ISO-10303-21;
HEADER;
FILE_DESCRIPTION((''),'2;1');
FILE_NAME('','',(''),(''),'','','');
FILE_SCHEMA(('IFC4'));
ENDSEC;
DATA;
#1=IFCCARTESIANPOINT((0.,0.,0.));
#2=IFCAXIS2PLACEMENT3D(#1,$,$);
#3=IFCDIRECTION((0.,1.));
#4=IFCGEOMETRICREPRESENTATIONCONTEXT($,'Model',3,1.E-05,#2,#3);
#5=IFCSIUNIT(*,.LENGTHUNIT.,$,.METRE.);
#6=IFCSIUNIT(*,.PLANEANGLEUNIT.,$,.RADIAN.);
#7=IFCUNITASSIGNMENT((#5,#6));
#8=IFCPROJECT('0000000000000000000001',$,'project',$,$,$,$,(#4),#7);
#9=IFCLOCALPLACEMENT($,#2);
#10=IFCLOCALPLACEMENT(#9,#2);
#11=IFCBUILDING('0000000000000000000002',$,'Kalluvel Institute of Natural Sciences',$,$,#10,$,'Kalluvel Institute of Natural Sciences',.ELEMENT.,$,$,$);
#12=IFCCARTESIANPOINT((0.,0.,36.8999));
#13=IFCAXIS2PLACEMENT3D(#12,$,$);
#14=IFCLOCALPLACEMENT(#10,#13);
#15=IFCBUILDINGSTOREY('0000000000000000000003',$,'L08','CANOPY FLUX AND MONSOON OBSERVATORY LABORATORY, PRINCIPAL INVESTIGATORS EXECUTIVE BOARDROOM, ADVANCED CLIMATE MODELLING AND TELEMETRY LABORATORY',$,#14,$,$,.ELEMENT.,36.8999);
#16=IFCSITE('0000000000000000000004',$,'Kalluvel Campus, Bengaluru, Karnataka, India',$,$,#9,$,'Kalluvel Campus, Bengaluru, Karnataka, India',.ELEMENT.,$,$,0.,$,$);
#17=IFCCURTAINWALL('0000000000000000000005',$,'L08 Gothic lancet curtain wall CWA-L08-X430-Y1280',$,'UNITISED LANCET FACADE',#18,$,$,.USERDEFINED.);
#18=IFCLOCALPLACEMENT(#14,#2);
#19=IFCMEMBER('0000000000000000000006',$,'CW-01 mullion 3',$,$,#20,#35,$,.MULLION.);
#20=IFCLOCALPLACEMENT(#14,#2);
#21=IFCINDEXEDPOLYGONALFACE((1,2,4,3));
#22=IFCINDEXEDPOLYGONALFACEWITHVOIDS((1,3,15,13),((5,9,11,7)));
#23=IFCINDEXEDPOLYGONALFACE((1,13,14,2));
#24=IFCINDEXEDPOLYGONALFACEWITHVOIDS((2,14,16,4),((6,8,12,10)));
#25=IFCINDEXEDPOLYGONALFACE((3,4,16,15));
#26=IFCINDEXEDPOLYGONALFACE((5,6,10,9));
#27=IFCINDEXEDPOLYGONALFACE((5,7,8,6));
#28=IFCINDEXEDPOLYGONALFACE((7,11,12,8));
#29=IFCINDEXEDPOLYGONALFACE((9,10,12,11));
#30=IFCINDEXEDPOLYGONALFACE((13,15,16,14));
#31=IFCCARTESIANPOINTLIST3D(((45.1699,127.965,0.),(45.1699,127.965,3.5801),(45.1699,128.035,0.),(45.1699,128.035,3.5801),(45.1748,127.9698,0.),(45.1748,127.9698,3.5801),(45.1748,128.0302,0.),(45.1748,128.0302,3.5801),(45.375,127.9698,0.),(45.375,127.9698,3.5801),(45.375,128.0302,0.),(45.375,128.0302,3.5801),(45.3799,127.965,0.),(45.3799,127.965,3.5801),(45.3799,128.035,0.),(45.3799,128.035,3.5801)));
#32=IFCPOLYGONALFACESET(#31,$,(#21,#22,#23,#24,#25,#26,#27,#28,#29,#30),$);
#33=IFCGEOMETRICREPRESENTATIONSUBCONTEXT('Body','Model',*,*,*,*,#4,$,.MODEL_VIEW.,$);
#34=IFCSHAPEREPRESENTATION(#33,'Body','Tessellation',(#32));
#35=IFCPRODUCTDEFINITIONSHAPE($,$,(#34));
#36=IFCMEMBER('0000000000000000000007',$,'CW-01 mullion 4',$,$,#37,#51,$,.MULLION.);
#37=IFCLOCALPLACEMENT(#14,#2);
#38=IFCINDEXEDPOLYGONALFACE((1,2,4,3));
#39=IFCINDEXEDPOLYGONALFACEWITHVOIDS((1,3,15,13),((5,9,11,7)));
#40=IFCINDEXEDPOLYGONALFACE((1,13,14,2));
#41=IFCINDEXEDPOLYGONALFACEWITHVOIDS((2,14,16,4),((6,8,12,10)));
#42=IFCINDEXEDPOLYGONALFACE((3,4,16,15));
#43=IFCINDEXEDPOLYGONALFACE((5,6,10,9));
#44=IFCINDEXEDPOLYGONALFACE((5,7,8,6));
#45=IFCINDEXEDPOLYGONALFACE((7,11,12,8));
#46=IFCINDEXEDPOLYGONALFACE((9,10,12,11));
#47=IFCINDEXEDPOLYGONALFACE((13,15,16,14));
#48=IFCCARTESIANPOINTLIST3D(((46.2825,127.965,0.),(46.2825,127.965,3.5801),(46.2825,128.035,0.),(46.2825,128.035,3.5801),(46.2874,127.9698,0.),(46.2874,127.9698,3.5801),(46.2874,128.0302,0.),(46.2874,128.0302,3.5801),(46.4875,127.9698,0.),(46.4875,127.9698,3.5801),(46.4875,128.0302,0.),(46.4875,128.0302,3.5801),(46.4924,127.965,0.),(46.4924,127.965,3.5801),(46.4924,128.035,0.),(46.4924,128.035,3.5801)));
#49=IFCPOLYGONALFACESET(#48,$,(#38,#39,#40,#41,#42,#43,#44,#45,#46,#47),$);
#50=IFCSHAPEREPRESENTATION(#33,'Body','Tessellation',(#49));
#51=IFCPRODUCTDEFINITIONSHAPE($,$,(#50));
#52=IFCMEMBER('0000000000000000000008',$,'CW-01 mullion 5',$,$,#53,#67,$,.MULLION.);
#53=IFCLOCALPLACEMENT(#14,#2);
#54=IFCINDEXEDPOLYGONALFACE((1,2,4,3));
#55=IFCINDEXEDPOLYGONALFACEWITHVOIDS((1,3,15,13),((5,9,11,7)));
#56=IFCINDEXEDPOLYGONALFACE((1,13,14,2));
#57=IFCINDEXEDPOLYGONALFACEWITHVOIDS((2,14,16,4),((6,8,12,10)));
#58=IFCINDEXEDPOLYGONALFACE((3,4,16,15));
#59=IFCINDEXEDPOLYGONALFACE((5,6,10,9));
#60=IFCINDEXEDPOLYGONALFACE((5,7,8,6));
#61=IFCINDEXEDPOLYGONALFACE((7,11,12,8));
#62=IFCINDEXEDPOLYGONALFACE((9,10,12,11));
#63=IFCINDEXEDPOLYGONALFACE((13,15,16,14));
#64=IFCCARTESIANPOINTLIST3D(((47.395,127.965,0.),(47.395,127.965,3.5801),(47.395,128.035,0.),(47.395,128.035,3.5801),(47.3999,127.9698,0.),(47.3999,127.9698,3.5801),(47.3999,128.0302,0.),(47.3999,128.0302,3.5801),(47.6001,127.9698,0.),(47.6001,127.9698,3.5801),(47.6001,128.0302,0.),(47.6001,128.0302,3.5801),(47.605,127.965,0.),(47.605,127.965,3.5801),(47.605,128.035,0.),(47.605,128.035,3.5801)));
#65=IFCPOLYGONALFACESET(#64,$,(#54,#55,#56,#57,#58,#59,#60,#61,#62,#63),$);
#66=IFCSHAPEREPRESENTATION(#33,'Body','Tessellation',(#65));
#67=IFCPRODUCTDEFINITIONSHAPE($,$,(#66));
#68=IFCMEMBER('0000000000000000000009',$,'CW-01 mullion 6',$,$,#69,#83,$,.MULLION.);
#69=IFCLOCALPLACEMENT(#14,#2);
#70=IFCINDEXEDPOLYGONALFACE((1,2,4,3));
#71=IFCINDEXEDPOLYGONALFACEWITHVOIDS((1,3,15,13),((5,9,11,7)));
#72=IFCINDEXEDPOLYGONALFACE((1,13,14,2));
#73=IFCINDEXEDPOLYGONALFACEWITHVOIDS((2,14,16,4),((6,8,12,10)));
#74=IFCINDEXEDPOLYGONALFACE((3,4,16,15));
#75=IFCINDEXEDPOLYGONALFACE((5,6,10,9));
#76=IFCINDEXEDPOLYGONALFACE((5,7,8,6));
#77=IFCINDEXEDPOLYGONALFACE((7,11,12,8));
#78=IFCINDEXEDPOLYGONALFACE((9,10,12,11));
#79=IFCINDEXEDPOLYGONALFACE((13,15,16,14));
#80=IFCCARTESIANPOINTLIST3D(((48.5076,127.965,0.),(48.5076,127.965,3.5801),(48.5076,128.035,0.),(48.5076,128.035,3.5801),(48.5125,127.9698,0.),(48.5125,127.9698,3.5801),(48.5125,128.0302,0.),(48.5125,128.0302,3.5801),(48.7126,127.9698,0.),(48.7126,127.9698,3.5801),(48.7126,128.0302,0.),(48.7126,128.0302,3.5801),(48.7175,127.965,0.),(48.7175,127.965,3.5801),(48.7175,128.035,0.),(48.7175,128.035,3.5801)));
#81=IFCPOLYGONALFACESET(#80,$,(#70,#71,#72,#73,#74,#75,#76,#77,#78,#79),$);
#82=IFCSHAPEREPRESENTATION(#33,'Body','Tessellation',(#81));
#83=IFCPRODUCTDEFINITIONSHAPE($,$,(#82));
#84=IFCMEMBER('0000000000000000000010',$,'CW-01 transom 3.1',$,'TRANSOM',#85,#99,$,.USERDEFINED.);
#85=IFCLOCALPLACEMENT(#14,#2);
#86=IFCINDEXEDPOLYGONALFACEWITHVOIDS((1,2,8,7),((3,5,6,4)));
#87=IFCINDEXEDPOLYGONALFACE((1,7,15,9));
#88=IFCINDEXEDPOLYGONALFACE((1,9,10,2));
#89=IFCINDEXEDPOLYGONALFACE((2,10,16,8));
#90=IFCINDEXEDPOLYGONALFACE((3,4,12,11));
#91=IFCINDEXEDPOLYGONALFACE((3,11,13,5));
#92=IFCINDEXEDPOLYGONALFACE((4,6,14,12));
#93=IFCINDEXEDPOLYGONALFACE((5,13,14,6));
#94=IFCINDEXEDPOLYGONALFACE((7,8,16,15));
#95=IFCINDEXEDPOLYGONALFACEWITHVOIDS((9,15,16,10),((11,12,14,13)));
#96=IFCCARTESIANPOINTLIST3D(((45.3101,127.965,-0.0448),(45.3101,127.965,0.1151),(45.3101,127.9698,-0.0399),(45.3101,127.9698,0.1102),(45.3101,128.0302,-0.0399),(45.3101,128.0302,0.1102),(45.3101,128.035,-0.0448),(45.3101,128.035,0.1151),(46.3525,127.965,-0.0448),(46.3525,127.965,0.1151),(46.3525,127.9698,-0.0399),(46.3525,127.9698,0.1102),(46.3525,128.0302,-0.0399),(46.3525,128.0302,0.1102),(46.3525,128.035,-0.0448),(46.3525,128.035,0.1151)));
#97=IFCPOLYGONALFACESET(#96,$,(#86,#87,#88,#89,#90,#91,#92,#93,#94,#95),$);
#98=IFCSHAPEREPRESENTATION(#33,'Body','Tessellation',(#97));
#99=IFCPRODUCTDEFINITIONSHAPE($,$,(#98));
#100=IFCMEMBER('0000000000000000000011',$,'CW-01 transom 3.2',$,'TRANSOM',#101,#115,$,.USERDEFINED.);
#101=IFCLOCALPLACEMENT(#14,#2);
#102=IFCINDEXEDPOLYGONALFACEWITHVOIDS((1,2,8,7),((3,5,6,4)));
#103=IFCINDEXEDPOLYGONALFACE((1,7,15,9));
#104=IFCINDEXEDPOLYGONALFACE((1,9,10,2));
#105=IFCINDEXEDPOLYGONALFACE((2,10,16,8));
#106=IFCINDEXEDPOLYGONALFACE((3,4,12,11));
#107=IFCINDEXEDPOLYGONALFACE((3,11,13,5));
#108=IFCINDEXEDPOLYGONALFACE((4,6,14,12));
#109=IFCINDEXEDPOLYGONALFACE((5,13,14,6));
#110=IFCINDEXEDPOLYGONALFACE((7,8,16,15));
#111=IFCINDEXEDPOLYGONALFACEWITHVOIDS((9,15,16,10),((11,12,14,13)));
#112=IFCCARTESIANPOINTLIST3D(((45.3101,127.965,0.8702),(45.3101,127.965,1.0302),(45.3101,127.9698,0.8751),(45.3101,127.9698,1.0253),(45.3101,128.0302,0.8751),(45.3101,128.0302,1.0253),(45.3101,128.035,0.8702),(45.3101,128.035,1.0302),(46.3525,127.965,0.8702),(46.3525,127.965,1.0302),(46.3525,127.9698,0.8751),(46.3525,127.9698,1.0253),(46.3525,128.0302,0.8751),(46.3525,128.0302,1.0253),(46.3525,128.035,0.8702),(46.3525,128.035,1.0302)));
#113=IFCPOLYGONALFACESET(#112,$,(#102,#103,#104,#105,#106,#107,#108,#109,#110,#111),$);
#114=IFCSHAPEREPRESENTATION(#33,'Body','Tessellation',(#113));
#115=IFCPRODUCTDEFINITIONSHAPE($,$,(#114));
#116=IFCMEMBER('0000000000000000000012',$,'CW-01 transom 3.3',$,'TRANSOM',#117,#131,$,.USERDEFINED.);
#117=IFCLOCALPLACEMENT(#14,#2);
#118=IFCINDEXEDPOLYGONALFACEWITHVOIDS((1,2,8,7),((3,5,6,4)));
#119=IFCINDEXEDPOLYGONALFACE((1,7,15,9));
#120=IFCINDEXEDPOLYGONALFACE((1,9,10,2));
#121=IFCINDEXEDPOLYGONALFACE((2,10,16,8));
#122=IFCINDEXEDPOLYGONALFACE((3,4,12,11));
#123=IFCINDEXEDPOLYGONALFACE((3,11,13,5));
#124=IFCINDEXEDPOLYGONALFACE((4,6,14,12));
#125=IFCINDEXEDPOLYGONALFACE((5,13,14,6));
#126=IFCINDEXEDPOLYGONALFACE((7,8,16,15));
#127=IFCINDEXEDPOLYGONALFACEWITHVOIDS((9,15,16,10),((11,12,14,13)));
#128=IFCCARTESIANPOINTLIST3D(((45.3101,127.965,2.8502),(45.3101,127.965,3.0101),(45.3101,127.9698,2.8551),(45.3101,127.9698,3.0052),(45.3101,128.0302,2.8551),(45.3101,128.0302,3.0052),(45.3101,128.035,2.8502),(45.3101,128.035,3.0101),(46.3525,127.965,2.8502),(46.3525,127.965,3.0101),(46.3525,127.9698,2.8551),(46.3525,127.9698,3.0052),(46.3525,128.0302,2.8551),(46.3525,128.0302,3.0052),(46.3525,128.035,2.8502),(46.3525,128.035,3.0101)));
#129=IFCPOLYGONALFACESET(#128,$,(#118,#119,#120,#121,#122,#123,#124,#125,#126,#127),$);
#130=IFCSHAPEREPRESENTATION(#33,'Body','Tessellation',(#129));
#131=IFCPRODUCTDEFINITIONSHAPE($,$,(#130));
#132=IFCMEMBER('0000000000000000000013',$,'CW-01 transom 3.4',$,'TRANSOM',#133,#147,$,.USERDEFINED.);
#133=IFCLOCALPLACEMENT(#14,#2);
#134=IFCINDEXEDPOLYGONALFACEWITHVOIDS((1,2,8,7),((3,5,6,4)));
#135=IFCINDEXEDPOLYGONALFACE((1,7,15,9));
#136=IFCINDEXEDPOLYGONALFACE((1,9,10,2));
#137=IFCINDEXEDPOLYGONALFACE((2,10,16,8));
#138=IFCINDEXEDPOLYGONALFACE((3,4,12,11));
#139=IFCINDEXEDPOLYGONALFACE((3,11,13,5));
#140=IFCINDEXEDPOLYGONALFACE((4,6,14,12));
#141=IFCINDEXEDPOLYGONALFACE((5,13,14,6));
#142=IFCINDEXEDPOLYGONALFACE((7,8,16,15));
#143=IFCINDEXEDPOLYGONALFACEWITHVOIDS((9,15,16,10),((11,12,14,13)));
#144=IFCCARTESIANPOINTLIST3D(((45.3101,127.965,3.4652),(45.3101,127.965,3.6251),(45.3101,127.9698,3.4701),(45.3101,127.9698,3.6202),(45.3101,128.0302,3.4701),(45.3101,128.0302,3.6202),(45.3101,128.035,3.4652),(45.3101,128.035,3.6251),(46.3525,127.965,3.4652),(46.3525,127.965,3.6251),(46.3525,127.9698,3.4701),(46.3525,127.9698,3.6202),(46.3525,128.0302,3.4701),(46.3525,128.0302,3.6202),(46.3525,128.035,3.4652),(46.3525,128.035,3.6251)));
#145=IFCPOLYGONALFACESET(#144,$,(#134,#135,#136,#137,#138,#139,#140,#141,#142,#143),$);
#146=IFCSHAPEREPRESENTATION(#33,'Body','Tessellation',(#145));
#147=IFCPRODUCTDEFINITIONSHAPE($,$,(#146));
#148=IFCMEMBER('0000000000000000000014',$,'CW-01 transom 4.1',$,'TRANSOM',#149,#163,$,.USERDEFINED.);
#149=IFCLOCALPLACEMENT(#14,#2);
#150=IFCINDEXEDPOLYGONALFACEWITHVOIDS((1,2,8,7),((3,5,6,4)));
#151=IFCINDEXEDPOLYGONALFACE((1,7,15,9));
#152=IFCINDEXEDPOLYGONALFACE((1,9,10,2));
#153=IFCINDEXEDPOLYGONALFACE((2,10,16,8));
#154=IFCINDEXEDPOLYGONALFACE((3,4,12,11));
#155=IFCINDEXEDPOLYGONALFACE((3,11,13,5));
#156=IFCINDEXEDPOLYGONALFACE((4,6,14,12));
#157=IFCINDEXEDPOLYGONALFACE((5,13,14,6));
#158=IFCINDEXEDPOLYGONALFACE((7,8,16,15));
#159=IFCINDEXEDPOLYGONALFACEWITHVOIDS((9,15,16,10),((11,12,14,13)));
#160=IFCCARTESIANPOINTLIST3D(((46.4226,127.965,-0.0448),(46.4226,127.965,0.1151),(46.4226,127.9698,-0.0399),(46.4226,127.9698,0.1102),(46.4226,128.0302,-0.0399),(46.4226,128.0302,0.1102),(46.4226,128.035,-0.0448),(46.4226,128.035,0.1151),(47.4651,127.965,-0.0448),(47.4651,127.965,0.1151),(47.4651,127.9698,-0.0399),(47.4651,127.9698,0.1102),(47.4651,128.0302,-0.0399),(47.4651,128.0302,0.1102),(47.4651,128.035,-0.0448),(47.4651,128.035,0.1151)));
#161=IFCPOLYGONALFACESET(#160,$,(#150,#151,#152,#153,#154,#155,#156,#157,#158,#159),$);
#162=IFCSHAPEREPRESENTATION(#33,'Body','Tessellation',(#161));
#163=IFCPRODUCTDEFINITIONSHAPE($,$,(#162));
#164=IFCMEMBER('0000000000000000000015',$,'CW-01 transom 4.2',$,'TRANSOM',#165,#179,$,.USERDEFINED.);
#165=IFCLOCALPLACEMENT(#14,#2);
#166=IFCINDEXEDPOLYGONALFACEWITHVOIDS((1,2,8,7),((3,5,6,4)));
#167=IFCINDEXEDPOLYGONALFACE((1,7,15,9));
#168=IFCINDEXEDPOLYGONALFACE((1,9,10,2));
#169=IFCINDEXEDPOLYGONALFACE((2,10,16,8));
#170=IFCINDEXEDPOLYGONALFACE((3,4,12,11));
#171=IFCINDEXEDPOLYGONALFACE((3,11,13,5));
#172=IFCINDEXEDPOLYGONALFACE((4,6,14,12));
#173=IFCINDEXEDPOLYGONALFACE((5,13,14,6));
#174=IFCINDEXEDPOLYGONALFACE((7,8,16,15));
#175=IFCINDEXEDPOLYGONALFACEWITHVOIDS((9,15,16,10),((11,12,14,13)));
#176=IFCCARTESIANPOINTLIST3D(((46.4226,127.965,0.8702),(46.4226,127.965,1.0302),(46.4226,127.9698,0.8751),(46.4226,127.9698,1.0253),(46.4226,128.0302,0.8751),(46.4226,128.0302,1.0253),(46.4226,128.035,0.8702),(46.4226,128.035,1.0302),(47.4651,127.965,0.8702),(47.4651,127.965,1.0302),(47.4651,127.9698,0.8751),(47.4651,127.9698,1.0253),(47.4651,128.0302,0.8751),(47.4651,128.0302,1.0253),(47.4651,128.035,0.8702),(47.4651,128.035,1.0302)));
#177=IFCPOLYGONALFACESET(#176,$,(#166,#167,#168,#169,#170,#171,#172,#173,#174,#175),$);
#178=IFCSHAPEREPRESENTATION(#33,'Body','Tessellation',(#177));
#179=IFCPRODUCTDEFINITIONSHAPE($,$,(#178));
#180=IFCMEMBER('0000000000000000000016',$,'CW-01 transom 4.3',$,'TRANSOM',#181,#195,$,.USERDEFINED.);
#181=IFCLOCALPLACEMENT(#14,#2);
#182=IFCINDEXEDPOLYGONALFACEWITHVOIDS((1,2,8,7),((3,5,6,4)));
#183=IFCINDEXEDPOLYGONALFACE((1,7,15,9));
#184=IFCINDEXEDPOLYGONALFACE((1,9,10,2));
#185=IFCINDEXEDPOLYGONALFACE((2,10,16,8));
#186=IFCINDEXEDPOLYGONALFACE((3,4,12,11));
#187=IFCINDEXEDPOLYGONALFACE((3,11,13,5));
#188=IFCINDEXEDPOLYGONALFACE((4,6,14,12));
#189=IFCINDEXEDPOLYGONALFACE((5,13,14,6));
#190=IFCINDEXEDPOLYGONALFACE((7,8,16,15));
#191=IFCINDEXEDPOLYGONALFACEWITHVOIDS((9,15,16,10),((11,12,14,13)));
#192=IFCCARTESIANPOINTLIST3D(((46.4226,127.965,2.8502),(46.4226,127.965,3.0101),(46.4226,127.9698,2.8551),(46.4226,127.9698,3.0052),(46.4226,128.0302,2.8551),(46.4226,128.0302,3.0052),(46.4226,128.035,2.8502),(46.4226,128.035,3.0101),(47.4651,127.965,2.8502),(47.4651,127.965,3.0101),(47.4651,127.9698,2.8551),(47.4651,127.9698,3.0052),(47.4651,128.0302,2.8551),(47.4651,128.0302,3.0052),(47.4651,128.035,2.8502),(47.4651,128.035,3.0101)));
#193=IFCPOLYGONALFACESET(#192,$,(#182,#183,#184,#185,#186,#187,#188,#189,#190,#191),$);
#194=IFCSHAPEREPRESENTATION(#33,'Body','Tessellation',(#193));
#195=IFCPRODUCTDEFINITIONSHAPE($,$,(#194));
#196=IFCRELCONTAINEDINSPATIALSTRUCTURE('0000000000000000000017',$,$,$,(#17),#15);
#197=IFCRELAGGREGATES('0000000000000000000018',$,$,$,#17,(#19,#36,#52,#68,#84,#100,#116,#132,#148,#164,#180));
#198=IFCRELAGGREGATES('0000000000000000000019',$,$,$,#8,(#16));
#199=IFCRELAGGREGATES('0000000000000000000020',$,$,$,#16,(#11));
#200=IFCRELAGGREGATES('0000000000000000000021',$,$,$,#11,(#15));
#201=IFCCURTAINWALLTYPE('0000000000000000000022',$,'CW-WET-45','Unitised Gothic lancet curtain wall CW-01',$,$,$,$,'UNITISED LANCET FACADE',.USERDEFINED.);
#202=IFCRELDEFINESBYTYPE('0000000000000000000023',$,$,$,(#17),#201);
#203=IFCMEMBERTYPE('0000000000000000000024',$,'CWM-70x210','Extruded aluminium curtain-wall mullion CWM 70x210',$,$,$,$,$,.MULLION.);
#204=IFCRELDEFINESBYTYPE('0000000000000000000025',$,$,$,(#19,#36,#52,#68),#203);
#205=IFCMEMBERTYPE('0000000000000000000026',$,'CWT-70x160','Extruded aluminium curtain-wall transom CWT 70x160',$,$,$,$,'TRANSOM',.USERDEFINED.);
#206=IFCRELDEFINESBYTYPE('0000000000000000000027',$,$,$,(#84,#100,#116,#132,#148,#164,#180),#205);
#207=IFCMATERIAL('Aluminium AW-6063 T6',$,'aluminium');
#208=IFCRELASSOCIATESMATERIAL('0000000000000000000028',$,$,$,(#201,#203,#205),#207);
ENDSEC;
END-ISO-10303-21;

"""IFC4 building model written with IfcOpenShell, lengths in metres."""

from ifc_helpers import new_model, si_unit, direction, frame, origin, origin_2d, place, context, subcontext, project, spatial, hollow_rectangle, extrude, material, material_profile, profile_set, type_object, element, aggregate, save


model = new_model("IFC4")

# Units and contexts
model_context = context("Model", 3, precision=1e-05, world=origin(), true_north=direction((0.0, 1.0)))
body_context = subcontext(model_context, "Body", "Model", "MODEL_VIEW")
ifc_project = project(units=[si_unit("LENGTHUNIT", "METRE"), si_unit("PLANEANGLEUNIT", "RADIAN")], contexts=[model_context])

# Site, building, storey
site_placement = place(None, origin())
site = spatial("IfcSite", under=ifc_project, at=site_placement, Name="Kalluvel Campus, Bengaluru, Karnataka, India", LongName="Kalluvel Campus, Bengaluru, Karnataka, India", CompositionType="ELEMENT", RefElevation=0.0)
building_placement = place(site_placement, origin())
building = spatial("IfcBuilding", under=site, at=building_placement, Name="Kalluvel Institute of Natural Sciences", LongName="Kalluvel Institute of Natural Sciences", CompositionType="ELEMENT")
storey_placement = place(building_placement, frame((0.0, 0.0, 36.8999)))
storey = spatial("IfcBuildingStorey", under=building, at=storey_placement, Name="L08", Description="CANOPY FLUX AND MONSOON OBSERVATORY LABORATORY, PRINCIPAL INVESTIGATORS EXECUTIVE BOARDROOM, ADVANCED CLIMATE MODELLING AND TELEMETRY LABORATORY", CompositionType="ELEMENT", Elevation=36.8999)

# Curtain wall, members
ifc_material_1 = material(Name="Aluminium AW-6063 T6", Category="aluminium")
curtain_wall_type = type_object("IfcCurtainWallType", Name="CW-WET-45", Description="Unitised Gothic lancet curtain wall CW-01", ElementType="UNITISED LANCET FACADE", PredefinedType="USERDEFINED", material=ifc_material_1)
curtain_wall_placement = place(storey_placement, origin())
curtain_wall = element("IfcCurtainWall", 1, at=curtain_wall_placement, inside=storey, type_object=curtain_wall_type, Name="L08 Gothic lancet curtain wall CWA-L08-X430-Y1280", ObjectType="UNITISED LANCET FACADE", PredefinedType="USERDEFINED")
ifc_material_profile_1 = material_profile(ifc_material_1, hollow_rectangle(XDim=0.0701, YDim=0.21, WallThickness=0.0049, at=origin_2d()), Name="CWM 70x210")
ifc_profile_set_1 = profile_set([ifc_material_profile_1], Name="Aluminium AW-6063 T6")
member_type_1 = type_object("IfcMemberType", Name="CWM-70x210", Description="Extruded aluminium curtain-wall mullion CWM 70x210", PredefinedType="MULLION", material=ifc_profile_set_1)
member_1_placement = place(storey_placement, frame((45.2749, 128.0, 0.0), z_axis=(0.0, 0.0, 1.0), x_axis=(0.0, 1.0, 0.0)))
member_1 = element("IfcMember", 2, at=member_1_placement, type_object=member_type_1, Name="CW-01 mullion 3", PredefinedType="MULLION", context=body_context, shape_type="SweptSolid", body=[
    extrude(hollow_rectangle(XDim=0.0701, YDim=0.21, WallThickness=0.0049, at=origin_2d()), origin(), (0.0, 0.0, 1.0), 3.5801),
])
member_2_placement = place(storey_placement, frame((46.3875, 128.0, 0.0), z_axis=(0.0, 0.0, 1.0), x_axis=(0.0, 1.0, 0.0)))
member_2 = element("IfcMember", 3, at=member_2_placement, type_object=member_type_1, Name="CW-01 mullion 4", PredefinedType="MULLION", context=body_context, shape_type="SweptSolid", body=[
    extrude(hollow_rectangle(XDim=0.0701, YDim=0.21, WallThickness=0.0049, at=origin_2d()), origin(), (0.0, 0.0, 1.0), 3.5801),
])
member_3_placement = place(storey_placement, frame((47.5, 128.0, 0.0), z_axis=(0.0, 0.0, 1.0), x_axis=(0.0, 1.0, 0.0)))
member_3 = element("IfcMember", 4, at=member_3_placement, type_object=member_type_1, Name="CW-01 mullion 5", PredefinedType="MULLION", context=body_context, shape_type="SweptSolid", body=[
    extrude(hollow_rectangle(XDim=0.0701, YDim=0.21, WallThickness=0.0049, at=origin_2d()), origin(), (0.0, 0.0, 1.0), 3.5801),
])
member_4_placement = place(storey_placement, frame((48.6125, 128.0, 0.0), z_axis=(0.0, 0.0, 1.0), x_axis=(0.0, 1.0, 0.0)))
member_4 = element("IfcMember", 5, at=member_4_placement, type_object=member_type_1, Name="CW-01 mullion 6", PredefinedType="MULLION", context=body_context, shape_type="SweptSolid", body=[
    extrude(hollow_rectangle(XDim=0.0701, YDim=0.21, WallThickness=0.0049, at=origin_2d()), origin(), (0.0, 0.0, 1.0), 3.5801),
])
ifc_material_profile_2 = material_profile(ifc_material_1, hollow_rectangle(XDim=0.0701, YDim=0.1599, WallThickness=0.0049, at=origin_2d()), Name="CWT 70x160")
ifc_profile_set_2 = profile_set([ifc_material_profile_2], Name="Aluminium AW-6063 T6")
member_type_2 = type_object("IfcMemberType", Name="CWT-70x160", Description="Extruded aluminium curtain-wall transom CWT 70x160", ElementType="TRANSOM", PredefinedType="USERDEFINED", material=ifc_profile_set_2)
member_5_placement = place(storey_placement, frame((45.3101, 128.0, 0.0352), z_axis=(1.0, 0.0, 0.0), x_axis=(0.0, 1.0, 0.0)))
member_5 = element("IfcMember", 6, at=member_5_placement, type_object=member_type_2, Name="CW-01 transom 3.1", ObjectType="TRANSOM", PredefinedType="USERDEFINED", context=body_context, shape_type="SweptSolid", body=[
    extrude(hollow_rectangle(XDim=0.0701, YDim=0.1599, WallThickness=0.0049, at=origin_2d()), origin(), (0.0, 0.0, 1.0), 1.0425),
])
member_6_placement = place(storey_placement, frame((45.3101, 128.0, 0.9502), z_axis=(1.0, 0.0, 0.0), x_axis=(0.0, 1.0, 0.0)))
member_6 = element("IfcMember", 7, at=member_6_placement, type_object=member_type_2, Name="CW-01 transom 3.2", ObjectType="TRANSOM", PredefinedType="USERDEFINED", context=body_context, shape_type="SweptSolid", body=[
    extrude(hollow_rectangle(XDim=0.0701, YDim=0.1599, WallThickness=0.0049, at=origin_2d()), origin(), (0.0, 0.0, 1.0), 1.0425),
])
member_7_placement = place(storey_placement, frame((45.3101, 128.0, 2.9302), z_axis=(1.0, 0.0, 0.0), x_axis=(0.0, 1.0, 0.0)))
member_7 = element("IfcMember", 8, at=member_7_placement, type_object=member_type_2, Name="CW-01 transom 3.3", ObjectType="TRANSOM", PredefinedType="USERDEFINED", context=body_context, shape_type="SweptSolid", body=[
    extrude(hollow_rectangle(XDim=0.0701, YDim=0.1599, WallThickness=0.0049, at=origin_2d()), origin(), (0.0, 0.0, 1.0), 1.0425),
])
member_8_placement = place(storey_placement, frame((45.3101, 128.0, 3.5452), z_axis=(1.0, 0.0, 0.0), x_axis=(0.0, 1.0, 0.0)))
member_8 = element("IfcMember", 9, at=member_8_placement, type_object=member_type_2, Name="CW-01 transom 3.4", ObjectType="TRANSOM", PredefinedType="USERDEFINED", context=body_context, shape_type="SweptSolid", body=[
    extrude(hollow_rectangle(XDim=0.0701, YDim=0.1599, WallThickness=0.0049, at=origin_2d()), origin(), (0.0, 0.0, 1.0), 1.0425),
])
member_9_placement = place(storey_placement, frame((46.4226, 128.0, 0.0352), z_axis=(1.0, 0.0, 0.0), x_axis=(0.0, 1.0, 0.0)))
member_9 = element("IfcMember", 10, at=member_9_placement, type_object=member_type_2, Name="CW-01 transom 4.1", ObjectType="TRANSOM", PredefinedType="USERDEFINED", context=body_context, shape_type="SweptSolid", body=[
    extrude(hollow_rectangle(XDim=0.0701, YDim=0.1599, WallThickness=0.0049, at=origin_2d()), origin(), (0.0, 0.0, 1.0), 1.0425),
])
member_10_placement = place(storey_placement, frame((46.4226, 128.0, 0.9502), z_axis=(1.0, 0.0, 0.0), x_axis=(0.0, 1.0, 0.0)))
member_10 = element("IfcMember", 11, at=member_10_placement, type_object=member_type_2, Name="CW-01 transom 4.2", ObjectType="TRANSOM", PredefinedType="USERDEFINED", context=body_context, shape_type="SweptSolid", body=[
    extrude(hollow_rectangle(XDim=0.0701, YDim=0.1599, WallThickness=0.0049, at=origin_2d()), origin(), (0.0, 0.0, 1.0), 1.0425),
])
member_11_placement = place(storey_placement, frame((46.4226, 128.0, 2.9302), z_axis=(1.0, 0.0, 0.0), x_axis=(0.0, 1.0, 0.0)))
member_11 = element("IfcMember", 12, at=member_11_placement, type_object=member_type_2, Name="CW-01 transom 4.3", ObjectType="TRANSOM", PredefinedType="USERDEFINED", context=body_context, shape_type="SweptSolid", body=[
    extrude(hollow_rectangle(XDim=0.0701, YDim=0.1599, WallThickness=0.0049, at=origin_2d()), origin(), (0.0, 0.0, 1.0), 1.0425),
])
aggregate(curtain_wall, [member_1, member_2, member_3, member_4, member_5, member_6, member_7, member_8, member_9, member_10, member_11])

save(model, "model.ifc")
